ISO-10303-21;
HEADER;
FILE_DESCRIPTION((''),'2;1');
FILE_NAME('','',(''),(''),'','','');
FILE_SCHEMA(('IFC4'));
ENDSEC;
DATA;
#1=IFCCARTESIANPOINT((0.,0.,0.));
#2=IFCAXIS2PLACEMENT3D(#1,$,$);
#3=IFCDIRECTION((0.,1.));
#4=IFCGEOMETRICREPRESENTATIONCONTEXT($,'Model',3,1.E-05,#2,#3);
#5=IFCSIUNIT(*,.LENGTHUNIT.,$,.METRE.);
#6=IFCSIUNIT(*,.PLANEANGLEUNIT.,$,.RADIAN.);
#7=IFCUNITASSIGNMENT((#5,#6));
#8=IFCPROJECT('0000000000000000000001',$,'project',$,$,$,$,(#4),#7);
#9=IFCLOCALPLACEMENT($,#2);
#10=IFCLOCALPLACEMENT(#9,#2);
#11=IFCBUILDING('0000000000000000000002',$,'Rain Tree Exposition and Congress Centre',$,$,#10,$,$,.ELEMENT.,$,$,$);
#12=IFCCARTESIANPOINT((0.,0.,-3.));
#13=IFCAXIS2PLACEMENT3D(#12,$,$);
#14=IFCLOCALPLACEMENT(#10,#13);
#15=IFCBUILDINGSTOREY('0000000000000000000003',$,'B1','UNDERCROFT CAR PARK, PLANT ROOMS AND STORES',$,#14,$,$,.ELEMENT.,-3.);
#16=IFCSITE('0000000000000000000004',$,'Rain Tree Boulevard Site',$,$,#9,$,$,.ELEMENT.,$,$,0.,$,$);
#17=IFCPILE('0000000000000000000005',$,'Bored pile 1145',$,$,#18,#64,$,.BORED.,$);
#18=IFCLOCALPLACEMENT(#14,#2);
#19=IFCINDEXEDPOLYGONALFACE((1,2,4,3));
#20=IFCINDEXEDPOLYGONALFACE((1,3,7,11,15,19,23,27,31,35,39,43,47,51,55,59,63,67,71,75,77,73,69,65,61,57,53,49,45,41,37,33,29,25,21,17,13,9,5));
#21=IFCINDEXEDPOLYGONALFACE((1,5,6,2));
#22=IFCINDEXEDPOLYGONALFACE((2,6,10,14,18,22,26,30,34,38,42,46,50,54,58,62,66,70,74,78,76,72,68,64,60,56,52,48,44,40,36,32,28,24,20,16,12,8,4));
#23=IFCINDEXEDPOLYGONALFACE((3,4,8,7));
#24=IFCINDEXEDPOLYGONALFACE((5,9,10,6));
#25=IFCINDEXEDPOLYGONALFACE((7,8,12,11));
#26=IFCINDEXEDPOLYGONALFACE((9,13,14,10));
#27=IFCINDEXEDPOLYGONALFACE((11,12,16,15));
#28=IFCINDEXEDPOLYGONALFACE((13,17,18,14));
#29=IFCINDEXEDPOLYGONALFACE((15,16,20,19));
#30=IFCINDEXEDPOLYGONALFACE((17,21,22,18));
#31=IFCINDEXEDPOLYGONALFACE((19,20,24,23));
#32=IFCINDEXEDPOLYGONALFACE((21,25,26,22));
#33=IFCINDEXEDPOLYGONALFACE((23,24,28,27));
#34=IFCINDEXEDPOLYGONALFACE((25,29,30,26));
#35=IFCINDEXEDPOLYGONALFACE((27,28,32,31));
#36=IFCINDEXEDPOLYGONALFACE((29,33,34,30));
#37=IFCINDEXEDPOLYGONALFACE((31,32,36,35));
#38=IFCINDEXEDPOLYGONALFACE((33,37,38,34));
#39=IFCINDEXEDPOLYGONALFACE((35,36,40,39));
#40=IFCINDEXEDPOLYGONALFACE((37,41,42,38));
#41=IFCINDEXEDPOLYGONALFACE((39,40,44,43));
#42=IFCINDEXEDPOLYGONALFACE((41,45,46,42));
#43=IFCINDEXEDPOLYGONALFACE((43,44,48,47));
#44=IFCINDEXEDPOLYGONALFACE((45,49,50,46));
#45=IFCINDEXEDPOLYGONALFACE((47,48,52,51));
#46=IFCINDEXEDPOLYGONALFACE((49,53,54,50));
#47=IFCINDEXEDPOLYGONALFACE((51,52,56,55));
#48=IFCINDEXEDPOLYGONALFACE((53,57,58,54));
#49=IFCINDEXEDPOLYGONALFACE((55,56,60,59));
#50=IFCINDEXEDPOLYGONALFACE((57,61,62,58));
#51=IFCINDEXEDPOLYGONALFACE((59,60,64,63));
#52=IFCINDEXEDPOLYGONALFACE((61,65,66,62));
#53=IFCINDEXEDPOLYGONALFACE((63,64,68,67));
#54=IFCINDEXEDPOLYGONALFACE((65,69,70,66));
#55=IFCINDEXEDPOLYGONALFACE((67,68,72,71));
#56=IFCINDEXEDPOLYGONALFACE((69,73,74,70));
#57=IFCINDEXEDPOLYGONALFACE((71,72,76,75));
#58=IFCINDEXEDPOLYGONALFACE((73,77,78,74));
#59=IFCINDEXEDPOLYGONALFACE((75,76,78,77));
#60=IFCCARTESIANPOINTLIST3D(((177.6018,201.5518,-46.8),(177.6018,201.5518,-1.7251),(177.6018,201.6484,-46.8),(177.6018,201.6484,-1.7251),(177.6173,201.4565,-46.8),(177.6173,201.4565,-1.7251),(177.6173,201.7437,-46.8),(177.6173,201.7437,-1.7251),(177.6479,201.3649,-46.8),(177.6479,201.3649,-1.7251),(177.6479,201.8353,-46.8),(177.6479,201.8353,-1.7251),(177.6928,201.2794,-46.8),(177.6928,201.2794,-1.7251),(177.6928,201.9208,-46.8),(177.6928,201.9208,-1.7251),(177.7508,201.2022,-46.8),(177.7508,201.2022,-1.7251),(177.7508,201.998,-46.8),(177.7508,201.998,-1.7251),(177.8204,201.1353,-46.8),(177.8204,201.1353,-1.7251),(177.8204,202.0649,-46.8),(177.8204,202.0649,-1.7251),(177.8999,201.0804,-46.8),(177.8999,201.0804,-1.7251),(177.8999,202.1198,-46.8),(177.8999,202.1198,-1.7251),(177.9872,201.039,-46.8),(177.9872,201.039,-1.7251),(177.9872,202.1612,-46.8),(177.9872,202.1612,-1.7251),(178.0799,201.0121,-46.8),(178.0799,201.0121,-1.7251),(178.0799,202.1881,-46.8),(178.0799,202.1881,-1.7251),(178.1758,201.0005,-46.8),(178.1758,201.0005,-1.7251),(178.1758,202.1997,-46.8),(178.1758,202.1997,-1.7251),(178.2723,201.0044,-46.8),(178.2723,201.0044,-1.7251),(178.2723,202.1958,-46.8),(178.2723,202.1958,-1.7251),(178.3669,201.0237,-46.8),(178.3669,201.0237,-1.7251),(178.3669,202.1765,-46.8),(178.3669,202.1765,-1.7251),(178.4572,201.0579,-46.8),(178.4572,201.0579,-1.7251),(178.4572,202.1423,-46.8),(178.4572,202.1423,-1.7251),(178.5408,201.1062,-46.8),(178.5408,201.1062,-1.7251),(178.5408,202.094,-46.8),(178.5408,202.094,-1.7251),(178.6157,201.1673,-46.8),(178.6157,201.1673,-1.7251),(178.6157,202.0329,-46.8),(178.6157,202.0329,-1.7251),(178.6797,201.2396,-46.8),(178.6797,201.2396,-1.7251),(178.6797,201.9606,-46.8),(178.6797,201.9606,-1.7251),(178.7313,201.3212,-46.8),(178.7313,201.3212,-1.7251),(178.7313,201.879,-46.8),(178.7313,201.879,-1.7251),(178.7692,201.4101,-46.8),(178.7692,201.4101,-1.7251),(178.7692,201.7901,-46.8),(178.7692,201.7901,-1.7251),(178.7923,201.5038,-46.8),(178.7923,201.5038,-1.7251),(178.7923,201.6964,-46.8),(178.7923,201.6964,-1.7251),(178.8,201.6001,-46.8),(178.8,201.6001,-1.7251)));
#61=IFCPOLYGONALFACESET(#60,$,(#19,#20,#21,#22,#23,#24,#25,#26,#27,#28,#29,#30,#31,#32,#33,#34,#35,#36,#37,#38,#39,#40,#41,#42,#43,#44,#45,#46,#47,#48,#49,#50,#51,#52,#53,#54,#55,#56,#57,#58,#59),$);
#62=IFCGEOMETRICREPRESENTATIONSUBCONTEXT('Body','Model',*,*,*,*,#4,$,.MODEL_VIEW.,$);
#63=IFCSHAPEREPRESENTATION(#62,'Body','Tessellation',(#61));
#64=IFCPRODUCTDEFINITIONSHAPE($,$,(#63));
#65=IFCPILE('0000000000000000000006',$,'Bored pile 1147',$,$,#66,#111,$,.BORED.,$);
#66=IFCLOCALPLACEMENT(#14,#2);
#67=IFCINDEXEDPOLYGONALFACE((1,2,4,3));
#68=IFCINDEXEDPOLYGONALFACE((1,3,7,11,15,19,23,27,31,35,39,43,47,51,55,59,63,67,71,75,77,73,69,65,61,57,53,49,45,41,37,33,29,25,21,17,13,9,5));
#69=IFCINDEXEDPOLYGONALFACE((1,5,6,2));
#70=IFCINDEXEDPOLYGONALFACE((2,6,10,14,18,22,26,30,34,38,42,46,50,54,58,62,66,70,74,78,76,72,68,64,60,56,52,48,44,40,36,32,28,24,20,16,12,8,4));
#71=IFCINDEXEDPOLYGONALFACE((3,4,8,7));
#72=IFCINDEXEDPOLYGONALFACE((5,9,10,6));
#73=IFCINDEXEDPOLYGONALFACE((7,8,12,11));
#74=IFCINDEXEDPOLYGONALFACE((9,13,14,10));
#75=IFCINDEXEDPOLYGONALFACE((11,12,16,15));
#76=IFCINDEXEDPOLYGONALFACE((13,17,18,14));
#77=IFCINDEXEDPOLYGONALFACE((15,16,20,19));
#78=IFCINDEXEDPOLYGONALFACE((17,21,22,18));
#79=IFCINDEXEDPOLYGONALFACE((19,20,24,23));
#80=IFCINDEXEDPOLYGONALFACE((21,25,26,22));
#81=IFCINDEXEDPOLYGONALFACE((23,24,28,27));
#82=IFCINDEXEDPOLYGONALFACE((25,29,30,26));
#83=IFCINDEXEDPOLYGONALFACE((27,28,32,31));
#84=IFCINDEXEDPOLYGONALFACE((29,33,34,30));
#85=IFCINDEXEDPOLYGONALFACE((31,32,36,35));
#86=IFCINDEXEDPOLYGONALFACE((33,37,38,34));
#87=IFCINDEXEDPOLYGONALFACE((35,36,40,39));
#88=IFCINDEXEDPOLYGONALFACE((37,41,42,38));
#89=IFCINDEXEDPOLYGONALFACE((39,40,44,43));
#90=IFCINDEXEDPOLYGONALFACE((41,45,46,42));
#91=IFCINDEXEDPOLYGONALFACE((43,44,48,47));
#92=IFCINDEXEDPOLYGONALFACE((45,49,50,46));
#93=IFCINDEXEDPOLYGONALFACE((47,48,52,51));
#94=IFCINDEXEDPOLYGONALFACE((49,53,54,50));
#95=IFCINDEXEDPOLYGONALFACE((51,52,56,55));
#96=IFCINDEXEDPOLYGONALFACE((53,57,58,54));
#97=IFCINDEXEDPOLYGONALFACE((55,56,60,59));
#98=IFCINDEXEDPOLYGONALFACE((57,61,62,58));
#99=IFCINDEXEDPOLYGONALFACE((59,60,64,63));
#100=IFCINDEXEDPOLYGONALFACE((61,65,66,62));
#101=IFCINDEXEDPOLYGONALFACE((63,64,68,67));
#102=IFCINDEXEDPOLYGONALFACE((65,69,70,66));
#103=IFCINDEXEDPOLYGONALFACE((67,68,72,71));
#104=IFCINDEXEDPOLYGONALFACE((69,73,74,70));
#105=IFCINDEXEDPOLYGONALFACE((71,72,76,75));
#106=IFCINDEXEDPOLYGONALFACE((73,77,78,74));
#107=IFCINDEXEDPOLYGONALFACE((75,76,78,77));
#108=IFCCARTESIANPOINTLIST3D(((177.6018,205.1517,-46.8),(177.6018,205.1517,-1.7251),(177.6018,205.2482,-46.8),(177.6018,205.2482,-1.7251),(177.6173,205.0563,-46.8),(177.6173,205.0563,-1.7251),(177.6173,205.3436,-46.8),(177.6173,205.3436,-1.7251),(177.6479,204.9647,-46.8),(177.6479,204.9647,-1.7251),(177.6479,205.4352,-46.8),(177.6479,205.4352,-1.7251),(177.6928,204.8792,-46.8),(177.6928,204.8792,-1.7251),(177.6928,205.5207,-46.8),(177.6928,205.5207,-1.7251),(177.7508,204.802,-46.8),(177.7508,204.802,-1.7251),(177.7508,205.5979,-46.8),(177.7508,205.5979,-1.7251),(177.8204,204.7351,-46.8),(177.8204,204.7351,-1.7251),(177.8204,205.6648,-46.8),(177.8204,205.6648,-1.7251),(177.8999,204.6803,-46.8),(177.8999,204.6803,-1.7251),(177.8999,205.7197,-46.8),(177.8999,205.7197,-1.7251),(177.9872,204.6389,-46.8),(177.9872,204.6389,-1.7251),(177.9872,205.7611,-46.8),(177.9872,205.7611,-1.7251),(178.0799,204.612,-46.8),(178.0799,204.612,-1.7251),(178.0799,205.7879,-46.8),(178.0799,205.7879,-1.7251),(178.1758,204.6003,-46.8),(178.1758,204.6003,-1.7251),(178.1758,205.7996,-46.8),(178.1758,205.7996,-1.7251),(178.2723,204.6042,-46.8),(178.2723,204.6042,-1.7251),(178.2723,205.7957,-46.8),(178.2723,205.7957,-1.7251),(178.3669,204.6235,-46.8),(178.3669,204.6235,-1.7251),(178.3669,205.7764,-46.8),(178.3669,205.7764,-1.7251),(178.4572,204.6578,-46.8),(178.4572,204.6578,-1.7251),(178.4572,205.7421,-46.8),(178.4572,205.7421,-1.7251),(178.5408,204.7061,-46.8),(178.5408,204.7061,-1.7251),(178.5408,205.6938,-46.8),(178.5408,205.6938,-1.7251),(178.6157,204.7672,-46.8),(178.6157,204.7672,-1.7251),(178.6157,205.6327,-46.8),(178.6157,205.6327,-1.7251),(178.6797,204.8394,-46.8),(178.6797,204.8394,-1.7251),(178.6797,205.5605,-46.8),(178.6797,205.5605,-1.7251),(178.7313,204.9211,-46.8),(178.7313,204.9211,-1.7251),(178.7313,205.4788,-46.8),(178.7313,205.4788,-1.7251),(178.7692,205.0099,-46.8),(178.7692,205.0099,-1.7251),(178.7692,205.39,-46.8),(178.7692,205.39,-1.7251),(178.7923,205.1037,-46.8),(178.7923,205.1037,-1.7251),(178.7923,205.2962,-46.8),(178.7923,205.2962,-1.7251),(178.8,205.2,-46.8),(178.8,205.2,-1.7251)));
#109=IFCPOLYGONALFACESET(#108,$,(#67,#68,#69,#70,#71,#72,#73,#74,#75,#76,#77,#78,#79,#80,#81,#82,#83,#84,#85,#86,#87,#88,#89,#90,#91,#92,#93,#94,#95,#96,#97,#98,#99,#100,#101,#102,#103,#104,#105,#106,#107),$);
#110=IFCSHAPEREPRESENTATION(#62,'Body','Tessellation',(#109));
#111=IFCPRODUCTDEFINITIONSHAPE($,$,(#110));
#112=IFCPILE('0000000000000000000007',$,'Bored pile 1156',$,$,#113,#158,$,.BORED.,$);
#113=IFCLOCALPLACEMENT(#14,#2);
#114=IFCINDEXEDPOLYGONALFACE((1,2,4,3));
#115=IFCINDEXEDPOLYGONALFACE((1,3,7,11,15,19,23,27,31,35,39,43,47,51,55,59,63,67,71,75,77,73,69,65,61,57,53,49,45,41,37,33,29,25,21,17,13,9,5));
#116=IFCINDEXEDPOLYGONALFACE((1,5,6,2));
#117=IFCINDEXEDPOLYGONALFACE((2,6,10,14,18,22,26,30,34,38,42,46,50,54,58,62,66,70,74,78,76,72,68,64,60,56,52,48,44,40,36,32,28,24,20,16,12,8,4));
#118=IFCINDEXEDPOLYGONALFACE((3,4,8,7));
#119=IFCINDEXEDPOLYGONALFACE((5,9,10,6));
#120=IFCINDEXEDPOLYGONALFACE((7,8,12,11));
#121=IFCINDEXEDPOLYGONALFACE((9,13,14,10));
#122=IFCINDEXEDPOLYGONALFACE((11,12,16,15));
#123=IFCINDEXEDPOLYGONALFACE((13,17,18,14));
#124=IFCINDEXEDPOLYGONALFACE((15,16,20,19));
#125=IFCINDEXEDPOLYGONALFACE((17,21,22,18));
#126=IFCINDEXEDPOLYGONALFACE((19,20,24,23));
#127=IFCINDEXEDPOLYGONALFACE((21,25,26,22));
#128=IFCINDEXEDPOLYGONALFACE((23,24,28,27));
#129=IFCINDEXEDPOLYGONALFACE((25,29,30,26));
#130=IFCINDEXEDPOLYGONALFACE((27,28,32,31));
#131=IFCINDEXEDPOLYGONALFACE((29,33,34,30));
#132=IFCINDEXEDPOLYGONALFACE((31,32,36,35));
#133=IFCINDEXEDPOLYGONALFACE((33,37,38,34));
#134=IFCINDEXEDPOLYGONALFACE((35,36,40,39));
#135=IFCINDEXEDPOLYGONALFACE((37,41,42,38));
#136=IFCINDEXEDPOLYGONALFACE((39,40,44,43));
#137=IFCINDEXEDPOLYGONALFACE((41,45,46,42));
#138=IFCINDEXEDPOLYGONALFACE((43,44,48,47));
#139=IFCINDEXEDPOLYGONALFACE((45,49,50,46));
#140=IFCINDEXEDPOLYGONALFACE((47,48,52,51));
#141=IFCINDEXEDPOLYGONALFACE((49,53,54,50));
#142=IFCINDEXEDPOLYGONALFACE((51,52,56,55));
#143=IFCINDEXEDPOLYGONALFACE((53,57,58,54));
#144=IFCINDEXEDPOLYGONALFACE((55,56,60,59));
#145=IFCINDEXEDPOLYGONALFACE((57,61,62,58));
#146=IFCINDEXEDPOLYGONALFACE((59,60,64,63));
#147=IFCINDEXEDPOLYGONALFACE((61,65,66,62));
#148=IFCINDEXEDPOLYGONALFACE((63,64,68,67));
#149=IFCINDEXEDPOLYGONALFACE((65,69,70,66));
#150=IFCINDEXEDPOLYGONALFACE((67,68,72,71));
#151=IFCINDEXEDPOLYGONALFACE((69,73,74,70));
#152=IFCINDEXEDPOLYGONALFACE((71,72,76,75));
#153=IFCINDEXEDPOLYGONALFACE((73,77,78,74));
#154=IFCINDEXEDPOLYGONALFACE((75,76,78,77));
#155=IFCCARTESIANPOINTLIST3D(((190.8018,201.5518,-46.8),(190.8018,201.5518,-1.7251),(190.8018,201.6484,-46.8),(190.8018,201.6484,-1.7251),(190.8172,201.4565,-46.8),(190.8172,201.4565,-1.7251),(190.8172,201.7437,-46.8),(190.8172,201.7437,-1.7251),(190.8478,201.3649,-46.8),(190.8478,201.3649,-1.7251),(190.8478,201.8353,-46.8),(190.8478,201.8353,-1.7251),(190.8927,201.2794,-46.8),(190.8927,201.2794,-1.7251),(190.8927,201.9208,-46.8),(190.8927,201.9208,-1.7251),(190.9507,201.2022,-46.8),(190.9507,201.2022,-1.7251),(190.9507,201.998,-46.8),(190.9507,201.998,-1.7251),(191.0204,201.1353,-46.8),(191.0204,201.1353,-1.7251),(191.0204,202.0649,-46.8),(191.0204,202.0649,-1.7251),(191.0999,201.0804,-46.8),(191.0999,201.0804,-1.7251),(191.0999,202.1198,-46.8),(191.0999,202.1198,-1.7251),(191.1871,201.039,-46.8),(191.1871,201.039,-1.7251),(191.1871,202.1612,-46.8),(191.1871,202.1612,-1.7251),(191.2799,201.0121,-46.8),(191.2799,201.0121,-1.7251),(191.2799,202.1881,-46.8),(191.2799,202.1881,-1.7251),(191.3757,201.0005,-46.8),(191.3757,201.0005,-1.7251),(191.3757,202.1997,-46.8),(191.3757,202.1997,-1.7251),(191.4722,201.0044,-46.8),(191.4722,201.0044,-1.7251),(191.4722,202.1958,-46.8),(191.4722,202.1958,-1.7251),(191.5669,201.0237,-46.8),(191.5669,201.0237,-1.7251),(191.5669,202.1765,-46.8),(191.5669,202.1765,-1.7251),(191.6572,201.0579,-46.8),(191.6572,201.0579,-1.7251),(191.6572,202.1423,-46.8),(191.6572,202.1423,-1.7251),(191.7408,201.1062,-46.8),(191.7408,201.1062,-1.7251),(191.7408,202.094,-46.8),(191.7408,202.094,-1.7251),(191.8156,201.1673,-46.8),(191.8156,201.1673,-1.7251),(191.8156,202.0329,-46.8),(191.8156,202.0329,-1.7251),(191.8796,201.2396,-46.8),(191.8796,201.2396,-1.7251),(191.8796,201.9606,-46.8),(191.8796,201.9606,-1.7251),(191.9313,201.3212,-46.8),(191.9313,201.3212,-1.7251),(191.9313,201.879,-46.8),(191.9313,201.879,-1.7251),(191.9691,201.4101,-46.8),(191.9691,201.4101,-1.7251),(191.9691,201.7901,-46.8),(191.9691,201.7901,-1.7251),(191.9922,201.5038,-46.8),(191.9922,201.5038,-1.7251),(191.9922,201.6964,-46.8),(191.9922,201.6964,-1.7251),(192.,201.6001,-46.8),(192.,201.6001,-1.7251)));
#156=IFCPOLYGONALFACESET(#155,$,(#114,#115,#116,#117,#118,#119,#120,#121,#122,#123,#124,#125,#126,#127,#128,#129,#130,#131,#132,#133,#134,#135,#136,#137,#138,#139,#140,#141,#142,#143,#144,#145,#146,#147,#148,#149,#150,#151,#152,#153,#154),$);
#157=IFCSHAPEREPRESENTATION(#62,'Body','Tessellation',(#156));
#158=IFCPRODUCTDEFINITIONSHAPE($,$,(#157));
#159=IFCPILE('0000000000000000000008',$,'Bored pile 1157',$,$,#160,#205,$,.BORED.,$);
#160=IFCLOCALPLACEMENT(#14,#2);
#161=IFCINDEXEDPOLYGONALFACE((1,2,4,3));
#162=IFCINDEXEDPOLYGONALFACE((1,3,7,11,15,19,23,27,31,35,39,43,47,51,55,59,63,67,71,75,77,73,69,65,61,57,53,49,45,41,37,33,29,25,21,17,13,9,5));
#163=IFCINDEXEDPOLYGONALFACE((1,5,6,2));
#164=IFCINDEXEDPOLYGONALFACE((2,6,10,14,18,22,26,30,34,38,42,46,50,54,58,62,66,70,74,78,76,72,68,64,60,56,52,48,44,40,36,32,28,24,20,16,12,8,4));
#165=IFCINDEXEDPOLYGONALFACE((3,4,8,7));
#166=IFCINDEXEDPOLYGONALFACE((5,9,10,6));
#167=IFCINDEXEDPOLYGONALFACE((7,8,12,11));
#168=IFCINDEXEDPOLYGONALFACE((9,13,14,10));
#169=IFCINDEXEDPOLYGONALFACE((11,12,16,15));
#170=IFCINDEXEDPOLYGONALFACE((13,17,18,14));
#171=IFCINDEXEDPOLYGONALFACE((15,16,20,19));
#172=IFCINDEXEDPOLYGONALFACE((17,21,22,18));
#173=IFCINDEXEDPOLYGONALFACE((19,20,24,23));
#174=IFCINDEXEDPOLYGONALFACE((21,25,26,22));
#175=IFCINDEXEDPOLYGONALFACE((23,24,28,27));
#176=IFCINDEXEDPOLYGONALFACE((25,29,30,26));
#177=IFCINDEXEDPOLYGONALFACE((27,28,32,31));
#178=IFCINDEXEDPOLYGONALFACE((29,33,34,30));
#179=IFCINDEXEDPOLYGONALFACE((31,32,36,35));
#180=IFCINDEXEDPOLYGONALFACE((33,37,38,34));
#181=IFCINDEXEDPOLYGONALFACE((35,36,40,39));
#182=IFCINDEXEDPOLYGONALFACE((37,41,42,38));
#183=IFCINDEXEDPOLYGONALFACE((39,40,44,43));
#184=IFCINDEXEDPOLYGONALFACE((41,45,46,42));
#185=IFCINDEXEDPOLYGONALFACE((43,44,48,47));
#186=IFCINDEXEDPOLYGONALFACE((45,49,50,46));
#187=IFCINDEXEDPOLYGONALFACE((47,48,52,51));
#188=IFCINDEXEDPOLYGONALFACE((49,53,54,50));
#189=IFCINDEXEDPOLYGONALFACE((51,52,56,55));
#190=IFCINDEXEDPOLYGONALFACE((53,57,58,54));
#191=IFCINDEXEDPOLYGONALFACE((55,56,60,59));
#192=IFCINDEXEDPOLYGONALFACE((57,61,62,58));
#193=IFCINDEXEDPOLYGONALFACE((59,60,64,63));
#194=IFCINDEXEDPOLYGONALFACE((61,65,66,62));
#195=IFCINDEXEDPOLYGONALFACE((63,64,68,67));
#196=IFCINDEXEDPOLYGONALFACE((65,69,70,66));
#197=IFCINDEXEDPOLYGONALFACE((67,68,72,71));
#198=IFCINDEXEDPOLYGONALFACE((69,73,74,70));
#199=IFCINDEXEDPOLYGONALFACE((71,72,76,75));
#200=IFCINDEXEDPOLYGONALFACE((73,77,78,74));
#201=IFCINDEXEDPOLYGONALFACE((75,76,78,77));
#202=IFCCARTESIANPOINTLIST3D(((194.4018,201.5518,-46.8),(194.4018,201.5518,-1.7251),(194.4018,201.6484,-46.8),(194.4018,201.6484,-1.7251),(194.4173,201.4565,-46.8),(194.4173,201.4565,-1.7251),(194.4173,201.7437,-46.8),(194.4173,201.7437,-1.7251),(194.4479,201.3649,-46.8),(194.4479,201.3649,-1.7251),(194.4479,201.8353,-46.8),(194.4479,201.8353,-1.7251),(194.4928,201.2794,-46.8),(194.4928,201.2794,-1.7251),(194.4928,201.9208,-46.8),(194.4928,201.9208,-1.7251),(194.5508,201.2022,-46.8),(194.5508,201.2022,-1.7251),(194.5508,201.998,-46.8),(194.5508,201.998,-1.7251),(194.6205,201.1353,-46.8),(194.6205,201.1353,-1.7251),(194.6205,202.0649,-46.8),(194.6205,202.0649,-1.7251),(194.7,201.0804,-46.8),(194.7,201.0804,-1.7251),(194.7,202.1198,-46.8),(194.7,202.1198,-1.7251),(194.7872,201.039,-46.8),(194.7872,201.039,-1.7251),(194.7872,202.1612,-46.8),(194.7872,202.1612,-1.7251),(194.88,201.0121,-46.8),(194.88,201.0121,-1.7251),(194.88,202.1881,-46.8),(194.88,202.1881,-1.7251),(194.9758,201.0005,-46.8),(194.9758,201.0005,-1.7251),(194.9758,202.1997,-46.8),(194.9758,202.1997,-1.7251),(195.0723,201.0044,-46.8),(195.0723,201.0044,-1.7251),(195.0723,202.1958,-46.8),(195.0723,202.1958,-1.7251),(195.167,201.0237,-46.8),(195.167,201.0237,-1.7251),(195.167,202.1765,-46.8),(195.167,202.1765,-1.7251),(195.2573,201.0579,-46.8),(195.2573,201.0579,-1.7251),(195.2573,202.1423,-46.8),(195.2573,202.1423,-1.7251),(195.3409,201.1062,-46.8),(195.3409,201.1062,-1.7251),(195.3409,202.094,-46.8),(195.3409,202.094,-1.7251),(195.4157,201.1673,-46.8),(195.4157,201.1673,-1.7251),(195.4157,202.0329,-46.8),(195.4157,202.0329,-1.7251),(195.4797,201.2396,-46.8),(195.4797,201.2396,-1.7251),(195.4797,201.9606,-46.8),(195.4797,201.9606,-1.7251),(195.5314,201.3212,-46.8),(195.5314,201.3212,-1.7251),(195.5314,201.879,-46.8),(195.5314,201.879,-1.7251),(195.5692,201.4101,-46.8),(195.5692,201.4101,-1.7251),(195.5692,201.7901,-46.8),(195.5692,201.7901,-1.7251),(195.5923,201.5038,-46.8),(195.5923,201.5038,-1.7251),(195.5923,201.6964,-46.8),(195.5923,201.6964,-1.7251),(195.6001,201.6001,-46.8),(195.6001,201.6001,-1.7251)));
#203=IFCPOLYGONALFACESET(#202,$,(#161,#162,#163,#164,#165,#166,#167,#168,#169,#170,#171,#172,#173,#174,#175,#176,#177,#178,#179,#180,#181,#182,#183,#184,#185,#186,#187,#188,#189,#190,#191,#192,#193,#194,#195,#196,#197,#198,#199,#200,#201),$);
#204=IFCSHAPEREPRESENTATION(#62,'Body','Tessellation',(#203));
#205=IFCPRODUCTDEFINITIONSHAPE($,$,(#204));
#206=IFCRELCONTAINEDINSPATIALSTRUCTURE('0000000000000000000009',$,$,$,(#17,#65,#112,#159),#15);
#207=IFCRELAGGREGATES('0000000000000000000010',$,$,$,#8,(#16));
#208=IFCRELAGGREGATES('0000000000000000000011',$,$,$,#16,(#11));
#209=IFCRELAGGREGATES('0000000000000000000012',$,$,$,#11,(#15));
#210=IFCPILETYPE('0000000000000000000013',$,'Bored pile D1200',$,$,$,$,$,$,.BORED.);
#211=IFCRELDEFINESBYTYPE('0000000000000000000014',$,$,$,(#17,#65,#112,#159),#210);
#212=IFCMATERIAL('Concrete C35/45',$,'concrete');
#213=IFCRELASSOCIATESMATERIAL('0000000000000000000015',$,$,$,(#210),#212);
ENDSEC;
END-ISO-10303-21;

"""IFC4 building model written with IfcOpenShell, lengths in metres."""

from ifc_helpers import new_model, si_unit, direction, frame, origin, origin_2d, place, context, subcontext, project, spatial, circle, extrude, material, material_profile, profile_set, type_object, element, save


model = new_model("IFC4")

# Units and contexts
model_context = context("Model", 3, precision=1e-05, world=origin(), true_north=direction((0.0, 1.0)))
body_context = subcontext(model_context, "Body", "Model", "MODEL_VIEW")
ifc_project = project(units=[si_unit("LENGTHUNIT", "METRE"), si_unit("PLANEANGLEUNIT", "RADIAN")], contexts=[model_context])

# Site, building, storey
site_placement = place(None, origin())
site = spatial("IfcSite", under=ifc_project, at=site_placement, Name="Rain Tree Boulevard Site", CompositionType="ELEMENT", RefElevation=0.0)
building_placement = place(site_placement, origin())
building = spatial("IfcBuilding", under=site, at=building_placement, Name="Rain Tree Exposition and Congress Centre", CompositionType="ELEMENT")
storey_placement = place(building_placement, frame((0.0, 0.0, -3.0)))
storey = spatial("IfcBuildingStorey", under=building, at=storey_placement, Name="B1", Description="UNDERCROFT CAR PARK, PLANT ROOMS AND STORES", CompositionType="ELEMENT", Elevation=-3.0)

# Piles
ifc_material_1 = material(Name="Concrete C35/45", Category="concrete")
ifc_material_profile_1 = material_profile(ifc_material_1, circle(Radius=0.6001, at=origin_2d()), Name="D1200")
ifc_profile_set_1 = profile_set([ifc_material_profile_1], Name="Concrete C35/45")
pile_type_1 = type_object("IfcPileType", Name="Bored pile D1200", PredefinedType="BORED", material=ifc_profile_set_1)
for number, where, z_axis, x_axis, name in (
    (1, (178.2, 201.6001, -1.7251), (0.0, 0.0, -1.0), (1.0, 0.0, 0.0), "Bored pile 1145"),
    (2, (178.2, 205.2, -1.7251), (0.0, 0.0, -1.0), (1.0, 0.0, 0.0), "Bored pile 1147"),
    (3, (191.3999, 201.6001, -1.7251), (0.0, 0.0, -1.0), (1.0, 0.0, 0.0), "Bored pile 1156"),
    (4, (195.0, 201.6001, -1.7251), (0.0, 0.0, -1.0), (1.0, 0.0, 0.0), "Bored pile 1157"),
):
    element("IfcPile", number, at=place(storey_placement, frame(where, z_axis=z_axis, x_axis=x_axis)), inside=storey, type_object=pile_type_1, Name=name, PredefinedType="BORED", context=body_context, shape_type="SweptSolid", body=[
        extrude(circle(Radius=0.6001, at=origin_2d()), origin(), (0.0, 0.0, 1.0), 45.075),
    ])

save(model, "model.ifc")
